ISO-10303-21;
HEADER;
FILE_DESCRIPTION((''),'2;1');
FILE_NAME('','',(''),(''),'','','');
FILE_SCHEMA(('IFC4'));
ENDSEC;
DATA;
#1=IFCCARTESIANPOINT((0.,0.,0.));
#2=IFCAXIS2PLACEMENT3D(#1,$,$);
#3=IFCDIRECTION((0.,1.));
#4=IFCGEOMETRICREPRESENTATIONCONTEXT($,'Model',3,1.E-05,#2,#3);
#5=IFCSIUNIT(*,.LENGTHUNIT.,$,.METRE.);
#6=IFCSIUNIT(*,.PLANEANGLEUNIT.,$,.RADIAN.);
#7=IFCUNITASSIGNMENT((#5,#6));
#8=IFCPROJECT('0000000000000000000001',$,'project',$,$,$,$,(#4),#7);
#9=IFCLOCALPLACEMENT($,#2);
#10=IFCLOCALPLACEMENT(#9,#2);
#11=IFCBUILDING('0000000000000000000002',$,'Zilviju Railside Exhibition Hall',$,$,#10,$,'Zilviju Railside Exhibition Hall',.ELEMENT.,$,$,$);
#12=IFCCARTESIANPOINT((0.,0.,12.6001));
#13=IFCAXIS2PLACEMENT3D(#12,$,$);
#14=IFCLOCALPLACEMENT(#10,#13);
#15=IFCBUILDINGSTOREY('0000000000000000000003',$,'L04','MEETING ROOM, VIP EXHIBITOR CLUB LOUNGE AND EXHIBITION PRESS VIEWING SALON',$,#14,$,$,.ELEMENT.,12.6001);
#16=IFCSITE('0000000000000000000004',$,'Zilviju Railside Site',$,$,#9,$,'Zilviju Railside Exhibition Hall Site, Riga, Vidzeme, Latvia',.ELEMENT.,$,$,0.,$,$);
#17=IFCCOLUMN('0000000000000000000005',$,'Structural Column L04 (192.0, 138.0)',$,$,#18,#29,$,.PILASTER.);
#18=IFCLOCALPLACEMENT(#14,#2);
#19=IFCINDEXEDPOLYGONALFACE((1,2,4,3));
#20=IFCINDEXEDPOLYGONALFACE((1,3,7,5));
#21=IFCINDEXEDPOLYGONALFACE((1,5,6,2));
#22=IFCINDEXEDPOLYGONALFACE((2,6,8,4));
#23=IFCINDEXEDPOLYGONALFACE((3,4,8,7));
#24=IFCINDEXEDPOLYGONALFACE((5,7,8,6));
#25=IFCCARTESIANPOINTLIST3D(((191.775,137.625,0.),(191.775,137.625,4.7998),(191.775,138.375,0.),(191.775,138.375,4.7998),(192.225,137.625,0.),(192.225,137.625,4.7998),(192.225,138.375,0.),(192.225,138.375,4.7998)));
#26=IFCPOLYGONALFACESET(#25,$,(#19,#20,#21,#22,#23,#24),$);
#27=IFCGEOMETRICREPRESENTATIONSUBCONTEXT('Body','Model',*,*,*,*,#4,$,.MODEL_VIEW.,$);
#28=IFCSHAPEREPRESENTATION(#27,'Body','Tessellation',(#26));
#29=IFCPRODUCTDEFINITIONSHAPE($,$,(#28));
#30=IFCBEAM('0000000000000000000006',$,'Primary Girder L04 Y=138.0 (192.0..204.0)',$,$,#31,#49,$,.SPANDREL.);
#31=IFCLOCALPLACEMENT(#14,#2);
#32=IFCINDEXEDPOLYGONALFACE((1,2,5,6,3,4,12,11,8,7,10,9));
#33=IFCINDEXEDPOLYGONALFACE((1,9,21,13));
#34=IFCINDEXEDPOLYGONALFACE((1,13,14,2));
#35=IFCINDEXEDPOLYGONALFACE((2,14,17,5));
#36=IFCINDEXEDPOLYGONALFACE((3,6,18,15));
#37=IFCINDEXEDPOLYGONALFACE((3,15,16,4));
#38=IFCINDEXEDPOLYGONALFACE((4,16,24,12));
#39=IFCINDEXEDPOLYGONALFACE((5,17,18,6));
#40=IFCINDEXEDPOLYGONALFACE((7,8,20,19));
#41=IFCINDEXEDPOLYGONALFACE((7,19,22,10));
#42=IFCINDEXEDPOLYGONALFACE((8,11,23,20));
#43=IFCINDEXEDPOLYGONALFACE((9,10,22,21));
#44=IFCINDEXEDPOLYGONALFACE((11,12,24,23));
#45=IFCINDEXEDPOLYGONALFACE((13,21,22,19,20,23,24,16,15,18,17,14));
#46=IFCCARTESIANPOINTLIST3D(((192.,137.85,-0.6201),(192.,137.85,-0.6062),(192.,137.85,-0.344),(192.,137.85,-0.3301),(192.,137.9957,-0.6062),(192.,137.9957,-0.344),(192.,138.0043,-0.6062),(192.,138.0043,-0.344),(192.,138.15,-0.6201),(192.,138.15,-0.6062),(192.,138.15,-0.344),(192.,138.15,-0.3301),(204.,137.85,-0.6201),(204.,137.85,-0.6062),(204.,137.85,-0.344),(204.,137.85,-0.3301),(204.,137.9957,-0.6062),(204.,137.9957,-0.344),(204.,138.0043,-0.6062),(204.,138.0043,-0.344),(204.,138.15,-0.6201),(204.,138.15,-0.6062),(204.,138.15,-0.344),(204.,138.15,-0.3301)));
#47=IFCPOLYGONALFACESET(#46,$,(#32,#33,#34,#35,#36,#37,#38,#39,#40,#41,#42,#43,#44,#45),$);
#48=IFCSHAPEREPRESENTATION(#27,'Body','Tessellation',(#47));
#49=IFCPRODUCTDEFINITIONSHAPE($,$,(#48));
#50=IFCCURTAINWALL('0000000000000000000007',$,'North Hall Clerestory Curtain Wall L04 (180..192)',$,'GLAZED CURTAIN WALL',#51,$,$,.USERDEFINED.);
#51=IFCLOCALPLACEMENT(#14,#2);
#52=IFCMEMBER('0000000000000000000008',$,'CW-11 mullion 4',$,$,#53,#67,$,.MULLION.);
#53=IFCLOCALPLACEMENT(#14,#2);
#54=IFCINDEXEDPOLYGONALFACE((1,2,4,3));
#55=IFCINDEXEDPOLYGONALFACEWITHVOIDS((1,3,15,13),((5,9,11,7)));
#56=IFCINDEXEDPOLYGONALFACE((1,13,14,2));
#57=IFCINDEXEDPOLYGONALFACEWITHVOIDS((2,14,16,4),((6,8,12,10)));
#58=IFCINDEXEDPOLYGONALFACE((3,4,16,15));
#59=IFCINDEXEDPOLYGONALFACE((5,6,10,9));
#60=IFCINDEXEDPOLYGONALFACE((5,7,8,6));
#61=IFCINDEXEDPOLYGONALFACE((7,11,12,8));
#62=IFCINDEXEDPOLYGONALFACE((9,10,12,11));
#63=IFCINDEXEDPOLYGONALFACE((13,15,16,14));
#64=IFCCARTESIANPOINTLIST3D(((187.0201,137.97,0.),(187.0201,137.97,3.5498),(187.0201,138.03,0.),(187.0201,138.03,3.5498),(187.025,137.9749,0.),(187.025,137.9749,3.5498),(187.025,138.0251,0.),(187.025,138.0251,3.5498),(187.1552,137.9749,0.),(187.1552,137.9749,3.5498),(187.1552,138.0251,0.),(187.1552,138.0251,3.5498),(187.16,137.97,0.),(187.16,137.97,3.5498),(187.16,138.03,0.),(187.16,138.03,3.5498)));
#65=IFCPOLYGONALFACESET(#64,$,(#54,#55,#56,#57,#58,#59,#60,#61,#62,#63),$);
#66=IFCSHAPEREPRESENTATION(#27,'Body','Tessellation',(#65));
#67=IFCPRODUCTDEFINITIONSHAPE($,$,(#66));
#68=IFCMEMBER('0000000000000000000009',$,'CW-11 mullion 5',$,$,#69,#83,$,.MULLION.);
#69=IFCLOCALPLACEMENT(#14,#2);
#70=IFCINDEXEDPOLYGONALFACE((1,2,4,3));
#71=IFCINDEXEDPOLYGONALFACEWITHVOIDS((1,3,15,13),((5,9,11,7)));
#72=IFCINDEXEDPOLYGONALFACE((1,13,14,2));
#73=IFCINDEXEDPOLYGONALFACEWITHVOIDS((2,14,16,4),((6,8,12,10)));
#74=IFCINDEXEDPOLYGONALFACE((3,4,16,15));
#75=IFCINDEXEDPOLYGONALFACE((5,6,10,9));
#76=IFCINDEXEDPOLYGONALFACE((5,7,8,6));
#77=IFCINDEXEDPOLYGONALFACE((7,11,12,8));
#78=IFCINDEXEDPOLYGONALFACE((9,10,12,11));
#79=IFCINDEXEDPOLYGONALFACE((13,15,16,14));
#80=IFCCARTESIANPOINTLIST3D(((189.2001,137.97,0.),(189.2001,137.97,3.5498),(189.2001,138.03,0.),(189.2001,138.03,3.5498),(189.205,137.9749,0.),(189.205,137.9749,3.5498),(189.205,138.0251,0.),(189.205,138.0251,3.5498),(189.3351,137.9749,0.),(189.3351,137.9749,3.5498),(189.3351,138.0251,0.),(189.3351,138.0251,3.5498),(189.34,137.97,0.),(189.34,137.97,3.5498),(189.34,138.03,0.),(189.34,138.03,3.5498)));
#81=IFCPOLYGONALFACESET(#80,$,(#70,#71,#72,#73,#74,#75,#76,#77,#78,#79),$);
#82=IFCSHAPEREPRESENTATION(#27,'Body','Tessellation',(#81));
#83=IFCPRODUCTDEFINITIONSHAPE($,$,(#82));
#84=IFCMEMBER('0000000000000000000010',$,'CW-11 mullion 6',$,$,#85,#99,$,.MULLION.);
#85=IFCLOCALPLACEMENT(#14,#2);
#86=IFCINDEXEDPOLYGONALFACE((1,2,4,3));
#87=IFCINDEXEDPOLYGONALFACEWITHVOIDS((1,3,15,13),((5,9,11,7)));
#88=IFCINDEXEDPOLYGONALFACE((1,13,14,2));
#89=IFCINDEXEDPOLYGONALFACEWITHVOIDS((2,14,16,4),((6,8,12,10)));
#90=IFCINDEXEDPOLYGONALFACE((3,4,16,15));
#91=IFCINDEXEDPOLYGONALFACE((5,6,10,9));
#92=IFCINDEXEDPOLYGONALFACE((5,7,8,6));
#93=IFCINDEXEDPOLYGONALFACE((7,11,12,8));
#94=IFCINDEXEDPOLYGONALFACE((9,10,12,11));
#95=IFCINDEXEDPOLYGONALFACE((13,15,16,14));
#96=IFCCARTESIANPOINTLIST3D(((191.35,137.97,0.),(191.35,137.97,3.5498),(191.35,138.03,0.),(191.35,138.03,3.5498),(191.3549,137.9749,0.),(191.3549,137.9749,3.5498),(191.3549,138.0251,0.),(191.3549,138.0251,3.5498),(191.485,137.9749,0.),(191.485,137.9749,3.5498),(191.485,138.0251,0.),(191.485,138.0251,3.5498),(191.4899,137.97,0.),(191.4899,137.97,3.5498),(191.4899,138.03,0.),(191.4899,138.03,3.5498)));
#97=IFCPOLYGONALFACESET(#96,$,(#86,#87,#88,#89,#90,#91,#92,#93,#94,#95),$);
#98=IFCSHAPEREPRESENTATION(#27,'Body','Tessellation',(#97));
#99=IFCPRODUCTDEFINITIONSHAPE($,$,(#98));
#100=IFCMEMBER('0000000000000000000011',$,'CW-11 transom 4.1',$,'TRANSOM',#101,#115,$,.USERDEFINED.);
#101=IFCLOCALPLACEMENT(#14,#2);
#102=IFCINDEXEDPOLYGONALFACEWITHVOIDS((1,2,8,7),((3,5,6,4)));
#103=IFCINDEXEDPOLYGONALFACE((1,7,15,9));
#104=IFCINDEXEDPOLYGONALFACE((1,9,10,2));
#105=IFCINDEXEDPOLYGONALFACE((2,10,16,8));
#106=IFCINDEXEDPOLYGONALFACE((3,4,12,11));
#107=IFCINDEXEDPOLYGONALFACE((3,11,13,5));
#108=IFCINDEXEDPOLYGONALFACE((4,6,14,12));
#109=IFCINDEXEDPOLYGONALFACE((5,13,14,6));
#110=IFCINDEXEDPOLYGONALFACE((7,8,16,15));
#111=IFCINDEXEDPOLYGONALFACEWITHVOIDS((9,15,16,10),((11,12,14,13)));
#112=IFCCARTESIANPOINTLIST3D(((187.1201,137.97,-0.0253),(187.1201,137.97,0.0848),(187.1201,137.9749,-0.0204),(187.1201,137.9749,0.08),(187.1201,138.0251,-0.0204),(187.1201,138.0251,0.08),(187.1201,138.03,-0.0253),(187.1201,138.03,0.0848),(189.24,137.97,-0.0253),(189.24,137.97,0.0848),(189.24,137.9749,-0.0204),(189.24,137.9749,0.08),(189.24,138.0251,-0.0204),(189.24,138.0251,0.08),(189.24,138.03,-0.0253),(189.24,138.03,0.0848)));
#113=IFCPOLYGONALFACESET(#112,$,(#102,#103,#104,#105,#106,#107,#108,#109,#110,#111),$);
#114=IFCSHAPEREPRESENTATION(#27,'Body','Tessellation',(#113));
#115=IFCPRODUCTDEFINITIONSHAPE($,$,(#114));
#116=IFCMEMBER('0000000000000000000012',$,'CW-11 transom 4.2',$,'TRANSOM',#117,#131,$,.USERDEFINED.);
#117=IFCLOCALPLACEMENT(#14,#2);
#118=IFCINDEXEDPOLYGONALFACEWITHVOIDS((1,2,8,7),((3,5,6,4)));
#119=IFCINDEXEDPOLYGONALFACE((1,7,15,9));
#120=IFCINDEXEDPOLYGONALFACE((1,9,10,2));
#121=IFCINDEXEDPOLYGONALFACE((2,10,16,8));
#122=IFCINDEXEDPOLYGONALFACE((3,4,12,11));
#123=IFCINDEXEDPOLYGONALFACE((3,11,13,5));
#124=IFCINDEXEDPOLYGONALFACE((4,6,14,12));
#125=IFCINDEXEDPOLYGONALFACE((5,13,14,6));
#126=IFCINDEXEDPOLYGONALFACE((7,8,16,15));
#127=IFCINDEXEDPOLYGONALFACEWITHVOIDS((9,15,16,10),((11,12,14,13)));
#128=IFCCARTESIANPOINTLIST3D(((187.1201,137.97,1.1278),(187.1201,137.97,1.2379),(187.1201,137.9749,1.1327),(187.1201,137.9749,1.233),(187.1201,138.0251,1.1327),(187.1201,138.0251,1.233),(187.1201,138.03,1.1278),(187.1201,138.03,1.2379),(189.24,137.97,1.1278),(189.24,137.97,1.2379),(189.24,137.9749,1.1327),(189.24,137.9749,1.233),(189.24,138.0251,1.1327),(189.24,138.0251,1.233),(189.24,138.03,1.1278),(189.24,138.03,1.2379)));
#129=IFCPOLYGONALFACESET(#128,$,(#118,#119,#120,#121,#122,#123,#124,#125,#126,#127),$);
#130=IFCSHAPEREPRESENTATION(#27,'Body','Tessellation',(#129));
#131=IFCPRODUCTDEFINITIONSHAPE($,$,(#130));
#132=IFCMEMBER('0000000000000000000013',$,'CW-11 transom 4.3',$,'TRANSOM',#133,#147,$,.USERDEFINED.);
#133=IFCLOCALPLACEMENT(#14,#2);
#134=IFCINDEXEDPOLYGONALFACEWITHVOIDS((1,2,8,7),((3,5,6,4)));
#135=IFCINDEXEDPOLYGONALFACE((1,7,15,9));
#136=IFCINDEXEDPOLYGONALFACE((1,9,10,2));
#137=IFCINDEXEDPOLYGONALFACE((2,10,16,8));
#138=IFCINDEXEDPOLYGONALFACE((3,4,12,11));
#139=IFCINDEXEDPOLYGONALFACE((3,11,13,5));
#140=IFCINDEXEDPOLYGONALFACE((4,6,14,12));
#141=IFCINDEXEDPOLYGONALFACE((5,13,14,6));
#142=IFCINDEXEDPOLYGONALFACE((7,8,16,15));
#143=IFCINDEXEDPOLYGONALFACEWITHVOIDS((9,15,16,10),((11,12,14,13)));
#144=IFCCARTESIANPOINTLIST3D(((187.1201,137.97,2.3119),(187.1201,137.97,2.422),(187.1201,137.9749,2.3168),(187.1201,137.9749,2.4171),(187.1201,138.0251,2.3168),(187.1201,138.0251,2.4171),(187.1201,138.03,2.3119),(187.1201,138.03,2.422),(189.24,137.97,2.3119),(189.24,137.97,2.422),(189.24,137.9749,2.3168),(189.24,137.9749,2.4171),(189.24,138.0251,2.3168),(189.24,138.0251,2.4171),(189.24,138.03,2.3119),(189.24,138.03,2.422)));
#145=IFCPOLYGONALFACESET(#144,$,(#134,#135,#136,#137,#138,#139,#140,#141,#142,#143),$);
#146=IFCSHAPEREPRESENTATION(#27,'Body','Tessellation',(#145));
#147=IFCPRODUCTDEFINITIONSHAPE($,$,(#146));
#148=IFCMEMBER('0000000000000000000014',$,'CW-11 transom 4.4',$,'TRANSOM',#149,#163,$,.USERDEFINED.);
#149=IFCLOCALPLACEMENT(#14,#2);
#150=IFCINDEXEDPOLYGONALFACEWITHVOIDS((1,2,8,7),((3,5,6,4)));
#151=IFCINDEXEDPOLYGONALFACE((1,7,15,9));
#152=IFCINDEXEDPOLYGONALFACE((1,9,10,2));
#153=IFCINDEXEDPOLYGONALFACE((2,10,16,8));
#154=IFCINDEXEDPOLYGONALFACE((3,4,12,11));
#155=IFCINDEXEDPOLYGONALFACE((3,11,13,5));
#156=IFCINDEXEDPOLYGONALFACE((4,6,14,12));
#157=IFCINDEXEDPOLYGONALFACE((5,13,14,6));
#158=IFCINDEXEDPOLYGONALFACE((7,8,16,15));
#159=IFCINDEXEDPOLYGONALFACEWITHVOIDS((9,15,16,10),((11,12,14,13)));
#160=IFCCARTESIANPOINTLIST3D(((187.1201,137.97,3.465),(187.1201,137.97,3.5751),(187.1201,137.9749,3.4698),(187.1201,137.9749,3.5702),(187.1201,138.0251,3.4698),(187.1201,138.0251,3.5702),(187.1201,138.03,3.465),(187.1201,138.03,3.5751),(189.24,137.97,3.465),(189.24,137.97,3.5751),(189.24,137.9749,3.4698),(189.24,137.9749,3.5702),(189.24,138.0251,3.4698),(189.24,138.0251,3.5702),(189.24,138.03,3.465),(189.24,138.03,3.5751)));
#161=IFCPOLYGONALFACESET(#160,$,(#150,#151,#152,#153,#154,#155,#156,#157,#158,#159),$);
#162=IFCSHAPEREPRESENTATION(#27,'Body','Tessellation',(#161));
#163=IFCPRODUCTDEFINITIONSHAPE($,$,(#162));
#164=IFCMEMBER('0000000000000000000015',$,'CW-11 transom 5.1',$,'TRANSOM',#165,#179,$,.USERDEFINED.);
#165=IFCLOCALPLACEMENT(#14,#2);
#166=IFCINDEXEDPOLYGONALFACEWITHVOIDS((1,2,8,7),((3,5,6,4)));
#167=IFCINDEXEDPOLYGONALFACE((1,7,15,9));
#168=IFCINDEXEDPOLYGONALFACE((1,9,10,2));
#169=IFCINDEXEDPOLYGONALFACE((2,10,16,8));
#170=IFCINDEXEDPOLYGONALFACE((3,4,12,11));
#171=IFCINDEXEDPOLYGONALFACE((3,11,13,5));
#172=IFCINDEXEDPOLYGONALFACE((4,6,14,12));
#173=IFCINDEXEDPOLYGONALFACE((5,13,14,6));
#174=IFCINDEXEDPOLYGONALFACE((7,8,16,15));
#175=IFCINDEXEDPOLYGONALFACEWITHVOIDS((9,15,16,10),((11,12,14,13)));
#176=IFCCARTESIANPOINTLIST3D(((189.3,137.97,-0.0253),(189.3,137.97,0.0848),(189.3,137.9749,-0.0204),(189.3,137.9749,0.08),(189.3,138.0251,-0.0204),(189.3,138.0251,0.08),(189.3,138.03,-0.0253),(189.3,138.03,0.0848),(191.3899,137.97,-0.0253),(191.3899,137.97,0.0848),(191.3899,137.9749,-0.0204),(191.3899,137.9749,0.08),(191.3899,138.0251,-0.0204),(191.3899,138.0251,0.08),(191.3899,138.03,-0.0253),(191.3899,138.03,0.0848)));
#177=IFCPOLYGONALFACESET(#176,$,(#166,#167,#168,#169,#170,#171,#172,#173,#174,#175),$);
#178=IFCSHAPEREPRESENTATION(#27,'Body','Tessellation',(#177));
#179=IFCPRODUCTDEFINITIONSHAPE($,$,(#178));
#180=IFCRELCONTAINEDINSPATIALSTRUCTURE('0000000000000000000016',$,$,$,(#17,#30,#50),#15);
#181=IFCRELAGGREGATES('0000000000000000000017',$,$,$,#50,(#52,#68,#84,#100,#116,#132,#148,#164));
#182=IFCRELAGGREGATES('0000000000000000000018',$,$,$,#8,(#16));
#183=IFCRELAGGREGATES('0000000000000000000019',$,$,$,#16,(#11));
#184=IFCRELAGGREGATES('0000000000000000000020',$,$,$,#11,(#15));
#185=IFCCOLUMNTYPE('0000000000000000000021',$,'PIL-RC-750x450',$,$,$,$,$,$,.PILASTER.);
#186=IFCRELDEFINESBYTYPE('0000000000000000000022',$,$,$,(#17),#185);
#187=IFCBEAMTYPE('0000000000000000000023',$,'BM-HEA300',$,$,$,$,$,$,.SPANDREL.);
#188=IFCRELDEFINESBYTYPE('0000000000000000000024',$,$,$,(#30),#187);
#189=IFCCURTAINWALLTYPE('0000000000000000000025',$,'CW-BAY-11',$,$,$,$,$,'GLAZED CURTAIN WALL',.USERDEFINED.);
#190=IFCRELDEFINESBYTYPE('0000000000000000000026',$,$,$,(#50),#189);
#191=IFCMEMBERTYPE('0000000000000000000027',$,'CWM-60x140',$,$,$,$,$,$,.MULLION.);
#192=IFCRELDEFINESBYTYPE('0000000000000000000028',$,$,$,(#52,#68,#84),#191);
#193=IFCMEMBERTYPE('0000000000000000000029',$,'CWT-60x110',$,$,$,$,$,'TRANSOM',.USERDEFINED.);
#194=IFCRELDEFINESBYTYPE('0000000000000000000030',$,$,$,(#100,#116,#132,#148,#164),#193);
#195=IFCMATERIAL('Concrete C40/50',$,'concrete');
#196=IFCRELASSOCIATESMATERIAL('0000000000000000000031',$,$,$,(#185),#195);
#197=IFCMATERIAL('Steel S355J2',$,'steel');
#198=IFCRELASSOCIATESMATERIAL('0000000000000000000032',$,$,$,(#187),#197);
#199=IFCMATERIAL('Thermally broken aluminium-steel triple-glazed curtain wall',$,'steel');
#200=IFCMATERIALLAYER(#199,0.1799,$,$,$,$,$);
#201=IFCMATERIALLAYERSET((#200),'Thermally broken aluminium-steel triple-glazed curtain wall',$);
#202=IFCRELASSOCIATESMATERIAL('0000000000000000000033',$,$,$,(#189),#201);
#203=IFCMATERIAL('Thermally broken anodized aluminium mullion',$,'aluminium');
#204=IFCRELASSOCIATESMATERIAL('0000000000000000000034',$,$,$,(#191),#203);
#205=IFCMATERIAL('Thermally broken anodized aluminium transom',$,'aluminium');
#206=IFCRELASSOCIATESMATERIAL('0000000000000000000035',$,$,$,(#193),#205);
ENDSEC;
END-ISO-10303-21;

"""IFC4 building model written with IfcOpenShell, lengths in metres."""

from ifc_helpers import new_model, si_unit, direction, frame, origin, origin_2d, place, context, subcontext, project, spatial, rectangle, hollow_rectangle, i_section, extrude, material, layer, layer_set, material_profile, profile_set, type_object, element, aggregate, save


model = new_model("IFC4")

# Units and contexts
model_context = context("Model", 3, precision=1e-05, world=origin(), true_north=direction((0.0, 1.0)))
body_context = subcontext(model_context, "Body", "Model", "MODEL_VIEW")
ifc_project = project(units=[si_unit("LENGTHUNIT", "METRE"), si_unit("PLANEANGLEUNIT", "RADIAN")], contexts=[model_context])

# Site, building, storey
site_placement = place(None, origin())
site = spatial("IfcSite", under=ifc_project, at=site_placement, Name="Zilviju Railside Site", LongName="Zilviju Railside Exhibition Hall Site, Riga, Vidzeme, Latvia", CompositionType="ELEMENT", RefElevation=0.0)
building_placement = place(site_placement, origin())
building = spatial("IfcBuilding", under=site, at=building_placement, Name="Zilviju Railside Exhibition Hall", LongName="Zilviju Railside Exhibition Hall", CompositionType="ELEMENT")
storey_placement = place(building_placement, frame((0.0, 0.0, 12.6001)))
storey = spatial("IfcBuildingStorey", under=building, at=storey_placement, Name="L04", Description="MEETING ROOM, VIP EXHIBITOR CLUB LOUNGE AND EXHIBITION PRESS VIEWING SALON", CompositionType="ELEMENT", Elevation=12.6001)

# Column
ifc_material_1 = material(Name="Concrete C40/50", Category="concrete")
ifc_material_profile_1 = material_profile(ifc_material_1, rectangle(XDim=0.45, YDim=0.75, at=origin_2d()), Name="RC COL 450x750")
ifc_profile_set_1 = profile_set([ifc_material_profile_1], Name="Concrete C40/50")
column_type = type_object("IfcColumnType", Name="PIL-RC-750x450", PredefinedType="PILASTER", material=ifc_profile_set_1)
column_placement = place(storey_placement, frame((192.0, 138.0, 0.0), z_axis=(0.0, 0.0, 1.0), x_axis=(1.0, 0.0, 0.0)))
element("IfcColumn", 1, at=column_placement, inside=storey, type_object=column_type, Name="Structural Column L04 (192.0, 138.0)", PredefinedType="PILASTER", context=body_context, shape_type="SweptSolid", body=[
    extrude(rectangle(XDim=0.45, YDim=0.75, at=origin_2d()), origin(), (0.0, 0.0, 1.0), 4.7998),
])

# Beam
ifc_material_2 = material(Name="Steel S355J2", Category="steel")
ifc_material_profile_2 = material_profile(ifc_material_2, i_section(OverallWidth=0.3, OverallDepth=0.29, WebThickness=0.0085, FlangeThickness=0.0139, at=origin_2d()), Name="HEA 300")
ifc_profile_set_2 = profile_set([ifc_material_profile_2], Name="Steel S355J2")
beam_type = type_object("IfcBeamType", Name="BM-HEA300", PredefinedType="SPANDREL", material=ifc_profile_set_2)
beam_placement = place(storey_placement, frame((192.0, 138.0, -0.4751), z_axis=(1.0, 0.0, 0.0), x_axis=(0.0, 1.0, 0.0)))
element("IfcBeam", 2, at=beam_placement, inside=storey, type_object=beam_type, Name="Primary Girder L04 Y=138.0 (192.0..204.0)", PredefinedType="SPANDREL", context=body_context, shape_type="SweptSolid", body=[
    extrude(i_section(OverallWidth=0.3, OverallDepth=0.29, WebThickness=0.0085, FlangeThickness=0.0139, at=origin_2d()), origin(), (0.0, 0.0, 1.0), 12.0),
])

# Curtain wall, members
ifc_material_3 = material(Name="Thermally broken aluminium-steel triple-glazed curtain wall", Category="steel")
ifc_layer_1 = layer(ifc_material_3, 0.1799)
ifc_layer_set_1 = layer_set([ifc_layer_1], Name="Thermally broken aluminium-steel triple-glazed curtain wall")
curtain_wall_type = type_object("IfcCurtainWallType", Name="CW-BAY-11", ElementType="GLAZED CURTAIN WALL", PredefinedType="USERDEFINED", material=ifc_layer_set_1)
curtain_wall_placement = place(storey_placement, origin())
curtain_wall = element("IfcCurtainWall", 3, at=curtain_wall_placement, inside=storey, type_object=curtain_wall_type, Name="North Hall Clerestory Curtain Wall L04 (180..192)", ObjectType="GLAZED CURTAIN WALL", PredefinedType="USERDEFINED")
ifc_material_4 = material(Name="Thermally broken anodized aluminium mullion", Category="aluminium")
ifc_material_profile_3 = material_profile(ifc_material_4, hollow_rectangle(XDim=0.0601, YDim=0.1399, WallThickness=0.0049, at=origin_2d()), Name="MULLION 140x60x5")
ifc_profile_set_3 = profile_set([ifc_material_profile_3], Name="Thermally broken anodized aluminium mullion")
member_type_1 = type_object("IfcMemberType", Name="CWM-60x140", PredefinedType="MULLION", material=ifc_profile_set_3)
member_1_placement = place(storey_placement, frame((187.0901, 138.0, 0.0), z_axis=(0.0, 0.0, 1.0), x_axis=(0.0, 1.0, 0.0)))
member_1 = element("IfcMember", 4, at=member_1_placement, type_object=member_type_1, Name="CW-11 mullion 4", PredefinedType="MULLION", context=body_context, shape_type="SweptSolid", body=[
    extrude(hollow_rectangle(XDim=0.0601, YDim=0.1399, WallThickness=0.0049, at=origin_2d()), origin(), (0.0, 0.0, 1.0), 3.5498),
])
member_2_placement = place(storey_placement, frame((189.27, 138.0, 0.0), z_axis=(0.0, 0.0, 1.0), x_axis=(0.0, 1.0, 0.0)))
member_2 = element("IfcMember", 5, at=member_2_placement, type_object=member_type_1, Name="CW-11 mullion 5", PredefinedType="MULLION", context=body_context, shape_type="SweptSolid", body=[
    extrude(hollow_rectangle(XDim=0.0601, YDim=0.1399, WallThickness=0.0049, at=origin_2d()), origin(), (0.0, 0.0, 1.0), 3.5498),
])
member_3_placement = place(storey_placement, frame((191.4199, 138.0, 0.0), z_axis=(0.0, 0.0, 1.0), x_axis=(0.0, 1.0, 0.0)))
member_3 = element("IfcMember", 6, at=member_3_placement, type_object=member_type_1, Name="CW-11 mullion 6", PredefinedType="MULLION", context=body_context, shape_type="SweptSolid", body=[
    extrude(hollow_rectangle(XDim=0.0601, YDim=0.1399, WallThickness=0.0049, at=origin_2d()), origin(), (0.0, 0.0, 1.0), 3.5498),
])
ifc_material_5 = material(Name="Thermally broken anodized aluminium transom", Category="aluminium")
ifc_material_profile_4 = material_profile(ifc_material_5, hollow_rectangle(XDim=0.0601, YDim=0.1101, WallThickness=0.0049, at=origin_2d()), Name="TRANSOM 110x60x5")
ifc_profile_set_4 = profile_set([ifc_material_profile_4], Name="Thermally broken anodized aluminium transom")
member_type_2 = type_object("IfcMemberType", Name="CWT-60x110", ElementType="TRANSOM", PredefinedType="USERDEFINED", material=ifc_profile_set_4)
member_4_placement = place(storey_placement, frame((187.1201, 138.0, 0.0298), z_axis=(1.0, 0.0, 0.0), x_axis=(0.0, 1.0, 0.0)))
member_4 = element("IfcMember", 7, at=member_4_placement, type_object=member_type_2, Name="CW-11 transom 4.1", ObjectType="TRANSOM", PredefinedType="USERDEFINED", context=body_context, shape_type="SweptSolid", body=[
    extrude(hollow_rectangle(XDim=0.0601, YDim=0.1101, WallThickness=0.0049, at=origin_2d()), origin(), (0.0, 0.0, 1.0), 2.1199),
])
member_5_placement = place(storey_placement, frame((187.1201, 138.0, 1.1829), z_axis=(1.0, 0.0, 0.0), x_axis=(0.0, 1.0, 0.0)))
member_5 = element("IfcMember", 8, at=member_5_placement, type_object=member_type_2, Name="CW-11 transom 4.2", ObjectType="TRANSOM", PredefinedType="USERDEFINED", context=body_context, shape_type="SweptSolid", body=[
    extrude(hollow_rectangle(XDim=0.0601, YDim=0.1101, WallThickness=0.0049, at=origin_2d()), origin(), (0.0, 0.0, 1.0), 2.1199),
])
member_6_placement = place(storey_placement, frame((187.1201, 138.0, 2.3669), z_axis=(1.0, 0.0, 0.0), x_axis=(0.0, 1.0, 0.0)))
member_6 = element("IfcMember", 9, at=member_6_placement, type_object=member_type_2, Name="CW-11 transom 4.3", ObjectType="TRANSOM", PredefinedType="USERDEFINED", context=body_context, shape_type="SweptSolid", body=[
    extrude(hollow_rectangle(XDim=0.0601, YDim=0.1101, WallThickness=0.0049, at=origin_2d()), origin(), (0.0, 0.0, 1.0), 2.1199),
])
member_7_placement = place(storey_placement, frame((187.1201, 138.0, 3.52), z_axis=(1.0, 0.0, 0.0), x_axis=(0.0, 1.0, 0.0)))
member_7 = element("IfcMember", 10, at=member_7_placement, type_object=member_type_2, Name="CW-11 transom 4.4", ObjectType="TRANSOM", PredefinedType="USERDEFINED", context=body_context, shape_type="SweptSolid", body=[
    extrude(hollow_rectangle(XDim=0.0601, YDim=0.1101, WallThickness=0.0049, at=origin_2d()), origin(), (0.0, 0.0, 1.0), 2.1199),
])
member_8_placement = place(storey_placement, frame((189.3, 138.0, 0.0298), z_axis=(1.0, 0.0, 0.0), x_axis=(0.0, 1.0, 0.0)))
member_8 = element("IfcMember", 11, at=member_8_placement, type_object=member_type_2, Name="CW-11 transom 5.1", ObjectType="TRANSOM", PredefinedType="USERDEFINED", context=body_context, shape_type="SweptSolid", body=[
    extrude(hollow_rectangle(XDim=0.0601, YDim=0.1101, WallThickness=0.0049, at=origin_2d()), origin(), (0.0, 0.0, 1.0), 2.0898),
])
aggregate(curtain_wall, [member_1, member_2, member_3, member_4, member_5, member_6, member_7, member_8])

save(model, "model.ifc")
